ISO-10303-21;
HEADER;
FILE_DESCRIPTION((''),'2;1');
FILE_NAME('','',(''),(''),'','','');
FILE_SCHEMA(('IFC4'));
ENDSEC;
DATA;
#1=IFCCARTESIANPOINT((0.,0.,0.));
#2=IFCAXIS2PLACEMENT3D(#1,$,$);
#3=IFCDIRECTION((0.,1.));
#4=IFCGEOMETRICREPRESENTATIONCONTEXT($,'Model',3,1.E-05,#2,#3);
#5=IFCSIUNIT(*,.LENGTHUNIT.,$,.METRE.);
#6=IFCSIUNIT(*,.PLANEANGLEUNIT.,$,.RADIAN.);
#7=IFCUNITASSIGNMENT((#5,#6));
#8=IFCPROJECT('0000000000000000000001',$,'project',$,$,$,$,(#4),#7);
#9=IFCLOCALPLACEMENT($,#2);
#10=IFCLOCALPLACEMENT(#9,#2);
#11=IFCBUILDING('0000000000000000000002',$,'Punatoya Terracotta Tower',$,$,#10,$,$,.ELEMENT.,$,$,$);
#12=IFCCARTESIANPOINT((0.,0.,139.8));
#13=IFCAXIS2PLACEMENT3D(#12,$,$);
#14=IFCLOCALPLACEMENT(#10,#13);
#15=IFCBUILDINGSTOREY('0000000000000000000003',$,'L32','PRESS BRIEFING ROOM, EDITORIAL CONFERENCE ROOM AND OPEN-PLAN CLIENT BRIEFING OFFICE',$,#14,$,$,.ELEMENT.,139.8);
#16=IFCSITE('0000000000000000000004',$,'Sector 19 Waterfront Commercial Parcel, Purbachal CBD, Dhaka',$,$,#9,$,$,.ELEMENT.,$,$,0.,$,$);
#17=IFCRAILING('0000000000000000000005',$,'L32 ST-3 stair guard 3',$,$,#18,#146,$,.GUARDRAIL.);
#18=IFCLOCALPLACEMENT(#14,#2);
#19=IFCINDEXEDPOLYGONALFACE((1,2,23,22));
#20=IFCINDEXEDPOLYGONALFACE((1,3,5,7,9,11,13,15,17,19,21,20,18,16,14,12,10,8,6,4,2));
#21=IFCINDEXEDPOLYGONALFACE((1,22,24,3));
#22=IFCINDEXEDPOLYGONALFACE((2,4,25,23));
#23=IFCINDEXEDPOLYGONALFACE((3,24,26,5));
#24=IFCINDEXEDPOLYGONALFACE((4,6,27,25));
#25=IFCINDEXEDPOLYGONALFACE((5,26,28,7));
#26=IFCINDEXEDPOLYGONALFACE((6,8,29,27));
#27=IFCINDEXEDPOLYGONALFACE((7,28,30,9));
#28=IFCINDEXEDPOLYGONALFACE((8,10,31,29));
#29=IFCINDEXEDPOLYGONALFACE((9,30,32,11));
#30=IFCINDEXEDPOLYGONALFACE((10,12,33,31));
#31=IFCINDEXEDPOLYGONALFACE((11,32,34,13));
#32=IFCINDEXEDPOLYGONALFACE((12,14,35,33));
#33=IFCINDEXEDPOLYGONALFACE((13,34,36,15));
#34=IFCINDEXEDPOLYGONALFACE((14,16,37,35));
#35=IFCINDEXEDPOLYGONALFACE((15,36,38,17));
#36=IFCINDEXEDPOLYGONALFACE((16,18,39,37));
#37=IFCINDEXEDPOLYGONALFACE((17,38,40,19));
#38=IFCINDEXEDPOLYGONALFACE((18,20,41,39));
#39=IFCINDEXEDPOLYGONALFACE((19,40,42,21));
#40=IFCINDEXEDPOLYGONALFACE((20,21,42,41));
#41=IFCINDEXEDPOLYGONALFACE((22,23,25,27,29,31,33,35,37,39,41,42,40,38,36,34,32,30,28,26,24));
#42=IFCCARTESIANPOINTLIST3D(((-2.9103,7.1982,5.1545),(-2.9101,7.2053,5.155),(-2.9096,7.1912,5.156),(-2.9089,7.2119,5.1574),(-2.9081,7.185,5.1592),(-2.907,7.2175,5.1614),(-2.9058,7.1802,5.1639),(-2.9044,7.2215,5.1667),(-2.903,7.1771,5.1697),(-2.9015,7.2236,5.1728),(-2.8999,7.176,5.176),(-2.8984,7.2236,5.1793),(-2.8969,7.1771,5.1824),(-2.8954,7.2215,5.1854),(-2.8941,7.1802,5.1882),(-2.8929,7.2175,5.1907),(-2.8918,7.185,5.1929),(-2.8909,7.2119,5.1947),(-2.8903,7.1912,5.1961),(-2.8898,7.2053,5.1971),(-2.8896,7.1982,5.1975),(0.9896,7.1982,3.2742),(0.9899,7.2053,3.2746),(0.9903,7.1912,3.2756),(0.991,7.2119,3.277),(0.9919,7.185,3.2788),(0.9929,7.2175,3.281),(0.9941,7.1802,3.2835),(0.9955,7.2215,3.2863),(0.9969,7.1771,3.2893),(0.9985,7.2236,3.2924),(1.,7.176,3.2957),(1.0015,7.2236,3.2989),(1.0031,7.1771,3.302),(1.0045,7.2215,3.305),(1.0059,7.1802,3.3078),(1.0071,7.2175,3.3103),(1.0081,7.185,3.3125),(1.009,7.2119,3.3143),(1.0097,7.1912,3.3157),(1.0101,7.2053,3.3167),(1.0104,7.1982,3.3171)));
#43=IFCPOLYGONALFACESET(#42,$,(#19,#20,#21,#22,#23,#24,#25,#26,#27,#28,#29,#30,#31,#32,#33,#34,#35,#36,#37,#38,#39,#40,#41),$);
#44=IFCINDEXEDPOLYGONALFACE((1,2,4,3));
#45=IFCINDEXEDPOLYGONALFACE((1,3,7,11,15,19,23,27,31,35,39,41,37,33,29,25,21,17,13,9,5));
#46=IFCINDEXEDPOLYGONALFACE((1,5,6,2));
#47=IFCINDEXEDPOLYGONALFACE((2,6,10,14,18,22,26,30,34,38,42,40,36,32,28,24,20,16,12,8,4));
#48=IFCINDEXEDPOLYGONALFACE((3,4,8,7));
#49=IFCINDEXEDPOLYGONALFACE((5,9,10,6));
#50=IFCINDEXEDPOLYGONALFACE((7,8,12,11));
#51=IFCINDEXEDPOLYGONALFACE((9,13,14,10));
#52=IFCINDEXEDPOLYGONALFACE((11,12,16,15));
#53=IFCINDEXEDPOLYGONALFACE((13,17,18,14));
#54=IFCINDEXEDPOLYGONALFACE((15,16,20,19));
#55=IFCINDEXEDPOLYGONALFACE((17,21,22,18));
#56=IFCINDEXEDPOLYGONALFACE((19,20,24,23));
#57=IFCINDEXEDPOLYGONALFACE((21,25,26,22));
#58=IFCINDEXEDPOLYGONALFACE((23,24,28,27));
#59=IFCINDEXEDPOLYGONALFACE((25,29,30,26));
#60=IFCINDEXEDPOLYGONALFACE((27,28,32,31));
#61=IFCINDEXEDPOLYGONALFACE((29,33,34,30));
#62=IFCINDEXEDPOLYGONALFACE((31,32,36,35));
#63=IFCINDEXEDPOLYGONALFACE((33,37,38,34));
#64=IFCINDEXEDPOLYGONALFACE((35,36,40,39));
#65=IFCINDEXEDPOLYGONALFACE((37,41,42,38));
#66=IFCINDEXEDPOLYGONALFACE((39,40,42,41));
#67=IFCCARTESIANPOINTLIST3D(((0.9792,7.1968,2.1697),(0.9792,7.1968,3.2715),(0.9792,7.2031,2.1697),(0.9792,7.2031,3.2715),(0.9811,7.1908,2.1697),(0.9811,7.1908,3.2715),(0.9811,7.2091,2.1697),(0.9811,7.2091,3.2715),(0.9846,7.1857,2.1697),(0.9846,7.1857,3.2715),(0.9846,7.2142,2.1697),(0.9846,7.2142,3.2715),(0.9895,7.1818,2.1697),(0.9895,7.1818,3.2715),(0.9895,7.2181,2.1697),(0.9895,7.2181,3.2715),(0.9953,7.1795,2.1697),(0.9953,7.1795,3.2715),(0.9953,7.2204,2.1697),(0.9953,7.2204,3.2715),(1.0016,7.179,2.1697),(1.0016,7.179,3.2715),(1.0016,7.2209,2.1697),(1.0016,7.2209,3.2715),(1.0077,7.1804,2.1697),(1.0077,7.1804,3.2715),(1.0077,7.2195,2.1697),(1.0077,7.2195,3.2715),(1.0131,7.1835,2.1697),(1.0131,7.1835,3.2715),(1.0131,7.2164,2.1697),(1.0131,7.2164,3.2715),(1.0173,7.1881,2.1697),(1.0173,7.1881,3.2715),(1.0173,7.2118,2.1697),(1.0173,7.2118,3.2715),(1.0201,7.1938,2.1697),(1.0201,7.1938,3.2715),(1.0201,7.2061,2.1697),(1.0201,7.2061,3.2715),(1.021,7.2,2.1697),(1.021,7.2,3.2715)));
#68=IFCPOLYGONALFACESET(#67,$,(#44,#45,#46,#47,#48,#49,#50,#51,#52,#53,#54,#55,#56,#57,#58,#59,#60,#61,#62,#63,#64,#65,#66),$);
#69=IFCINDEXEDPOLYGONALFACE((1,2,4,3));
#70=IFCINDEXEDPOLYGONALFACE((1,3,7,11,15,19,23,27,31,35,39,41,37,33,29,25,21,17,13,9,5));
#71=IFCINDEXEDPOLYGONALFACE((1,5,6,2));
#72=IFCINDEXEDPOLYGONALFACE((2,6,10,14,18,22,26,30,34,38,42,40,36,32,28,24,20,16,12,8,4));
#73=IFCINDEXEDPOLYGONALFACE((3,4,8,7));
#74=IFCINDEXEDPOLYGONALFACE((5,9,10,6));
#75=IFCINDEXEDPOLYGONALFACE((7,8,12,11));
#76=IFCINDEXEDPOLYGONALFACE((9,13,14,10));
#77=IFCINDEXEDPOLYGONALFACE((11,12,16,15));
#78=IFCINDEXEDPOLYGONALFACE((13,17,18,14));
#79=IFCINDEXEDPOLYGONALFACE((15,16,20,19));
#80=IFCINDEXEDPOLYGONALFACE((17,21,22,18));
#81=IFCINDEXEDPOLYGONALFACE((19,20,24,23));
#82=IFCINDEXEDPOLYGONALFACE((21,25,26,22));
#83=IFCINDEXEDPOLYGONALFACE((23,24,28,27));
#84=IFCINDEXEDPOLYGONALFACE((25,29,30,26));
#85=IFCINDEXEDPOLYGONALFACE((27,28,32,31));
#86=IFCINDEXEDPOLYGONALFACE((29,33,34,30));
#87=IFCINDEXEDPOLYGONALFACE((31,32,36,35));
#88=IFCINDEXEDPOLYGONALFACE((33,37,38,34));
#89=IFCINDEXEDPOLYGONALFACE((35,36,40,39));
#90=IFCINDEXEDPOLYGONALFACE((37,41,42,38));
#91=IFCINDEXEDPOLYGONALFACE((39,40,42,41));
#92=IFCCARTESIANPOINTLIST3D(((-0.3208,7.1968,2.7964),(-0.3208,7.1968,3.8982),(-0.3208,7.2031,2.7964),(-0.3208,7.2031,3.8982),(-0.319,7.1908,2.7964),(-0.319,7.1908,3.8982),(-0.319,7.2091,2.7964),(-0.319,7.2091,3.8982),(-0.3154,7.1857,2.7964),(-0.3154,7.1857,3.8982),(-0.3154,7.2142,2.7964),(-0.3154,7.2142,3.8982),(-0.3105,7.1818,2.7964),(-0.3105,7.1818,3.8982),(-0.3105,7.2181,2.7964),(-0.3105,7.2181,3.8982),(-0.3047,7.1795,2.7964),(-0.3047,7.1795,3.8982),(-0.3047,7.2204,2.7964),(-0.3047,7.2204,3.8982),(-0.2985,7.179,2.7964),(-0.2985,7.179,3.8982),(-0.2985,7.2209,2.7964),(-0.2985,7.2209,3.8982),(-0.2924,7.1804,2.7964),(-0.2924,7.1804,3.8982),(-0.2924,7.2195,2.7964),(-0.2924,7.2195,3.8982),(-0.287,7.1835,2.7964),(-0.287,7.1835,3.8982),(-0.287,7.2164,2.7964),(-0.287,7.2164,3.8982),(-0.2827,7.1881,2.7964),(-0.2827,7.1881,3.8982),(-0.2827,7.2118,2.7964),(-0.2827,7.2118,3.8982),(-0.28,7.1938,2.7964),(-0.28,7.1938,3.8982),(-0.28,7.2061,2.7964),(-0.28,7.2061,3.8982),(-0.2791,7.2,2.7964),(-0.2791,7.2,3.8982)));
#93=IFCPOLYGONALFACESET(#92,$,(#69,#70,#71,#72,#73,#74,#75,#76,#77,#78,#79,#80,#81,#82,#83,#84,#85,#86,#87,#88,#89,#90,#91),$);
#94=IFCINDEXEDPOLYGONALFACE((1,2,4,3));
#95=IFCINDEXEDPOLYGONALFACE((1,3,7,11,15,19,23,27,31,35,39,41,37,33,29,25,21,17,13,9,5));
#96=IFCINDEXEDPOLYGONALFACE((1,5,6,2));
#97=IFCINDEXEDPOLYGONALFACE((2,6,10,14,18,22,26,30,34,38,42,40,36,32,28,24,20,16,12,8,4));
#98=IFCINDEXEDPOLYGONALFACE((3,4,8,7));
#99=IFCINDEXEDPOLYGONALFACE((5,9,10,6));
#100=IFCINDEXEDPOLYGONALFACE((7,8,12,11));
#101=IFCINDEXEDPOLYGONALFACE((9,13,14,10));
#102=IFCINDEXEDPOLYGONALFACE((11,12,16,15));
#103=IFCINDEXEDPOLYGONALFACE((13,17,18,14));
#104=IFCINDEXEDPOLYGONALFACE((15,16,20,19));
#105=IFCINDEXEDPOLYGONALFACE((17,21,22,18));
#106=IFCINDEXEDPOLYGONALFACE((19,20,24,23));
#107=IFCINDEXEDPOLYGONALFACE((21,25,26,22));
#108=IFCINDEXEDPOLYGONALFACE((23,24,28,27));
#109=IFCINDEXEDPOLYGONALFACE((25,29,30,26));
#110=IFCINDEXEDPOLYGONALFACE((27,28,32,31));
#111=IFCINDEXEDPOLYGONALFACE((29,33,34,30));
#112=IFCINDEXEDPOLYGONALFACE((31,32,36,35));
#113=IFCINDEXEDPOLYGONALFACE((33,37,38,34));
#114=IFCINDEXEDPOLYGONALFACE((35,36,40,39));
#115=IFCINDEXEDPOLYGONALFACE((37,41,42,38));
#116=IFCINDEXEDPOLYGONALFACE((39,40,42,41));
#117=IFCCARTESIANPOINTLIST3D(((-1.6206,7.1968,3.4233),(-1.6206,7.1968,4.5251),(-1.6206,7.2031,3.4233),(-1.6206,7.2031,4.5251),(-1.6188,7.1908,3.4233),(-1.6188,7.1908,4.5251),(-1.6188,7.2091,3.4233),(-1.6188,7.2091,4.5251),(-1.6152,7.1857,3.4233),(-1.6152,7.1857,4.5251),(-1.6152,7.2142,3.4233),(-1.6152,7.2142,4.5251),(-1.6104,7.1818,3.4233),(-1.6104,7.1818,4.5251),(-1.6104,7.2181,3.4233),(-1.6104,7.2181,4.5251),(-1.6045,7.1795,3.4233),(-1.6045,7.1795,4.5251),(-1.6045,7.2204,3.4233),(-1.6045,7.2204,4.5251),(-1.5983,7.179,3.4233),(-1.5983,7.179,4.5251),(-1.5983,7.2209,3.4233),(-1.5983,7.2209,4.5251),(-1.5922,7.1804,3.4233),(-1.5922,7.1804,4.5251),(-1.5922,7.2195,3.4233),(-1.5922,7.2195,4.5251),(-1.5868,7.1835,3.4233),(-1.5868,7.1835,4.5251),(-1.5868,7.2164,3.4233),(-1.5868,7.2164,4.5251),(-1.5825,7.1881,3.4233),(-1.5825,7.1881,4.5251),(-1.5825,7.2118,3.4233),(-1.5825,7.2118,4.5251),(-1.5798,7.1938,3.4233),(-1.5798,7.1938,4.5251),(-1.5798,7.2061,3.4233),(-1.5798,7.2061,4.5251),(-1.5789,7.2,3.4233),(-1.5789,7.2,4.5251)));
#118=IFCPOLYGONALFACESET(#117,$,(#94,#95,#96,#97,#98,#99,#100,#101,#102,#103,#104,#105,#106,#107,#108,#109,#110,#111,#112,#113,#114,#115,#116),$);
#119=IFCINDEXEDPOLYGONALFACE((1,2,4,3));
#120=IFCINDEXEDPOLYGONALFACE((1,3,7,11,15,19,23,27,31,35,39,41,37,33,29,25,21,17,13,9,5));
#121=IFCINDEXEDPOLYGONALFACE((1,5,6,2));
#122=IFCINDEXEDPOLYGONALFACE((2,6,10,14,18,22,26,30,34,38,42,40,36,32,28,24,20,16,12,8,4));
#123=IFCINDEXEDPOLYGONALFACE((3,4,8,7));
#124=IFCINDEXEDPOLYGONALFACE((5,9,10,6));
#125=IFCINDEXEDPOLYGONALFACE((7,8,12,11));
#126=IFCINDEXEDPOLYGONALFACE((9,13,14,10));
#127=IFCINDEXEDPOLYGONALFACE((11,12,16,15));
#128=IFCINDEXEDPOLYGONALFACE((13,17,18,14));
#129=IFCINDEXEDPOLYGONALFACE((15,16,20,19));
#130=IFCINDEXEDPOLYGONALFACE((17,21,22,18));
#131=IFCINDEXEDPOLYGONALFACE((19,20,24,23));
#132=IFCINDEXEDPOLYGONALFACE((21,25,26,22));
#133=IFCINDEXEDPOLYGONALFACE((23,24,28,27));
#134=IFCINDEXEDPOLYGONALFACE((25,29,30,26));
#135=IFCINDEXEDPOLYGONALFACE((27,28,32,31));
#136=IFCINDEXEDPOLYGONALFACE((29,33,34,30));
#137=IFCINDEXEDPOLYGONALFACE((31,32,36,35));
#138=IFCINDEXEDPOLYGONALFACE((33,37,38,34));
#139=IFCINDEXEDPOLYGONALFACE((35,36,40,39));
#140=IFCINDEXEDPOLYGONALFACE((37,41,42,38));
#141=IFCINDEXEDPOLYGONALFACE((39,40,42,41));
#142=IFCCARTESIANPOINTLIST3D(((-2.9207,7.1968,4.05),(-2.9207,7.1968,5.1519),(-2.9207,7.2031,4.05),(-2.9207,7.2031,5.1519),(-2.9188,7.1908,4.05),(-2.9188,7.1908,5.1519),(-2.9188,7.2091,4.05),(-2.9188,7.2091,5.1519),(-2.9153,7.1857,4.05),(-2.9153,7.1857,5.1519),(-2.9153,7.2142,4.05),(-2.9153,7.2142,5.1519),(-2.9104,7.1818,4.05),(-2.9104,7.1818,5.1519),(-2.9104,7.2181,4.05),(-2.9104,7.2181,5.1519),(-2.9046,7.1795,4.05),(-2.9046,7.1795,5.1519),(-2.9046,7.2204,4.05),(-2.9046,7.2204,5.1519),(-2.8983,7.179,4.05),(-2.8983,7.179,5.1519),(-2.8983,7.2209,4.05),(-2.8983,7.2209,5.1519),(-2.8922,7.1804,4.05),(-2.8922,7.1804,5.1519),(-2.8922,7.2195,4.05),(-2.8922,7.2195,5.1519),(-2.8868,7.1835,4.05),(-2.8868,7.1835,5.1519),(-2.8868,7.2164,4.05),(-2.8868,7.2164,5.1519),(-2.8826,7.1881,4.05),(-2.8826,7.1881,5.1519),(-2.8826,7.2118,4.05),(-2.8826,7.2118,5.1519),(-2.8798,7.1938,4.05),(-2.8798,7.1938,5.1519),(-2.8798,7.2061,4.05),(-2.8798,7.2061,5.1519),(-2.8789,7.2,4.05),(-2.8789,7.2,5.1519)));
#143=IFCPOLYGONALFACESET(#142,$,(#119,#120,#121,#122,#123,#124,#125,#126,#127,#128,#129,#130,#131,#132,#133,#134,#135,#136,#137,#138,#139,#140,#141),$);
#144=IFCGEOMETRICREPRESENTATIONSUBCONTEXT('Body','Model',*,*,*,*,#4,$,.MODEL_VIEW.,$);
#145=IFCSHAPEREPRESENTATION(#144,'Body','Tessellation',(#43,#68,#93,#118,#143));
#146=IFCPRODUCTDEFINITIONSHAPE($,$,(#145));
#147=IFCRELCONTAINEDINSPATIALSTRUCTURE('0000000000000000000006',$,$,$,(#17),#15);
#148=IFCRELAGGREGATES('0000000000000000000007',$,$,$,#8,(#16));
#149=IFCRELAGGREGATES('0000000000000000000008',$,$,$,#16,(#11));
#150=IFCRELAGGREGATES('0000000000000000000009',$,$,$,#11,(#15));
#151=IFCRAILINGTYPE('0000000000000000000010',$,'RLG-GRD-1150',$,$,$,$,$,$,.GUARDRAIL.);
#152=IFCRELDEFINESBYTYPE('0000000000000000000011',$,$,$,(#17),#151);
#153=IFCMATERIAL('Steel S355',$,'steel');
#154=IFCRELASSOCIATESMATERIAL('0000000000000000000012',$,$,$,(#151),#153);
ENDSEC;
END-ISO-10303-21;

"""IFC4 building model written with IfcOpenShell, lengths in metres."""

from ifc_helpers import new_model, si_unit, direction, frame, origin, origin_2d, place, context, subcontext, project, spatial, circle, extrude, material, type_object, element, save


model = new_model("IFC4")

# Units and contexts
model_context = context("Model", 3, precision=1e-05, world=origin(), true_north=direction((0.0, 1.0)))
body_context = subcontext(model_context, "Body", "Model", "MODEL_VIEW")
ifc_project = project(units=[si_unit("LENGTHUNIT", "METRE"), si_unit("PLANEANGLEUNIT", "RADIAN")], contexts=[model_context])

# Site, building, storey
site_placement = place(None, origin())
site = spatial("IfcSite", under=ifc_project, at=site_placement, Name="Sector 19 Waterfront Commercial Parcel, Purbachal CBD, Dhaka", CompositionType="ELEMENT", RefElevation=0.0)
building_placement = place(site_placement, origin())
building = spatial("IfcBuilding", under=site, at=building_placement, Name="Punatoya Terracotta Tower", CompositionType="ELEMENT")
storey_placement = place(building_placement, frame((0.0, 0.0, 139.8)))
storey = spatial("IfcBuildingStorey", under=building, at=storey_placement, Name="L32", Description="PRESS BRIEFING ROOM, EDITORIAL CONFERENCE ROOM AND OPEN-PLAN CLIENT BRIEFING OFFICE", CompositionType="ELEMENT", Elevation=139.8)

# Shared definitions
ifc_material_1 = material(Name="Steel S355", Category="steel")

# Railing
railing_type_1 = type_object("IfcRailingType", Name="RLG-GRD-1150", PredefinedType="GUARDRAIL", material=ifc_material_1)
railing_1_placement = place(storey_placement, frame((1.0, 7.2, 2.1697)))
element("IfcRailing", 1, at=railing_1_placement, inside=storey, type_object=railing_type_1, Name="L32 ST-3 stair guard 3", PredefinedType="GUARDRAIL", context=body_context, shape_type="SweptSolid", body=[
    extrude(circle(Radius=0.0239, at=origin_2d()), frame((0.0, 0.0, 1.126), z_axis=(-0.900763, 0.0, 0.434311), x_axis=(0.0, -1.0, 0.0)), (0.0, 0.0, 1.0), 4.3296),
    extrude(circle(Radius=0.021, at=origin_2d()), origin(), (0.0, 0.0, 1.0), 1.1018),
    extrude(circle(Radius=0.021, at=origin_2d()), frame((-1.3, 0.0, 0.6267)), (0.0, 0.0, 1.0), 1.1018),
    extrude(circle(Radius=0.021, at=origin_2d()), frame((-2.5999, 0.0, 1.2537)), (0.0, 0.0, 1.0), 1.1018),
    extrude(circle(Radius=0.021, at=origin_2d()), frame((-3.8999, 0.0, 1.8804)), (0.0, 0.0, 1.0), 1.1018),
])

save(model, "model.ifc")
